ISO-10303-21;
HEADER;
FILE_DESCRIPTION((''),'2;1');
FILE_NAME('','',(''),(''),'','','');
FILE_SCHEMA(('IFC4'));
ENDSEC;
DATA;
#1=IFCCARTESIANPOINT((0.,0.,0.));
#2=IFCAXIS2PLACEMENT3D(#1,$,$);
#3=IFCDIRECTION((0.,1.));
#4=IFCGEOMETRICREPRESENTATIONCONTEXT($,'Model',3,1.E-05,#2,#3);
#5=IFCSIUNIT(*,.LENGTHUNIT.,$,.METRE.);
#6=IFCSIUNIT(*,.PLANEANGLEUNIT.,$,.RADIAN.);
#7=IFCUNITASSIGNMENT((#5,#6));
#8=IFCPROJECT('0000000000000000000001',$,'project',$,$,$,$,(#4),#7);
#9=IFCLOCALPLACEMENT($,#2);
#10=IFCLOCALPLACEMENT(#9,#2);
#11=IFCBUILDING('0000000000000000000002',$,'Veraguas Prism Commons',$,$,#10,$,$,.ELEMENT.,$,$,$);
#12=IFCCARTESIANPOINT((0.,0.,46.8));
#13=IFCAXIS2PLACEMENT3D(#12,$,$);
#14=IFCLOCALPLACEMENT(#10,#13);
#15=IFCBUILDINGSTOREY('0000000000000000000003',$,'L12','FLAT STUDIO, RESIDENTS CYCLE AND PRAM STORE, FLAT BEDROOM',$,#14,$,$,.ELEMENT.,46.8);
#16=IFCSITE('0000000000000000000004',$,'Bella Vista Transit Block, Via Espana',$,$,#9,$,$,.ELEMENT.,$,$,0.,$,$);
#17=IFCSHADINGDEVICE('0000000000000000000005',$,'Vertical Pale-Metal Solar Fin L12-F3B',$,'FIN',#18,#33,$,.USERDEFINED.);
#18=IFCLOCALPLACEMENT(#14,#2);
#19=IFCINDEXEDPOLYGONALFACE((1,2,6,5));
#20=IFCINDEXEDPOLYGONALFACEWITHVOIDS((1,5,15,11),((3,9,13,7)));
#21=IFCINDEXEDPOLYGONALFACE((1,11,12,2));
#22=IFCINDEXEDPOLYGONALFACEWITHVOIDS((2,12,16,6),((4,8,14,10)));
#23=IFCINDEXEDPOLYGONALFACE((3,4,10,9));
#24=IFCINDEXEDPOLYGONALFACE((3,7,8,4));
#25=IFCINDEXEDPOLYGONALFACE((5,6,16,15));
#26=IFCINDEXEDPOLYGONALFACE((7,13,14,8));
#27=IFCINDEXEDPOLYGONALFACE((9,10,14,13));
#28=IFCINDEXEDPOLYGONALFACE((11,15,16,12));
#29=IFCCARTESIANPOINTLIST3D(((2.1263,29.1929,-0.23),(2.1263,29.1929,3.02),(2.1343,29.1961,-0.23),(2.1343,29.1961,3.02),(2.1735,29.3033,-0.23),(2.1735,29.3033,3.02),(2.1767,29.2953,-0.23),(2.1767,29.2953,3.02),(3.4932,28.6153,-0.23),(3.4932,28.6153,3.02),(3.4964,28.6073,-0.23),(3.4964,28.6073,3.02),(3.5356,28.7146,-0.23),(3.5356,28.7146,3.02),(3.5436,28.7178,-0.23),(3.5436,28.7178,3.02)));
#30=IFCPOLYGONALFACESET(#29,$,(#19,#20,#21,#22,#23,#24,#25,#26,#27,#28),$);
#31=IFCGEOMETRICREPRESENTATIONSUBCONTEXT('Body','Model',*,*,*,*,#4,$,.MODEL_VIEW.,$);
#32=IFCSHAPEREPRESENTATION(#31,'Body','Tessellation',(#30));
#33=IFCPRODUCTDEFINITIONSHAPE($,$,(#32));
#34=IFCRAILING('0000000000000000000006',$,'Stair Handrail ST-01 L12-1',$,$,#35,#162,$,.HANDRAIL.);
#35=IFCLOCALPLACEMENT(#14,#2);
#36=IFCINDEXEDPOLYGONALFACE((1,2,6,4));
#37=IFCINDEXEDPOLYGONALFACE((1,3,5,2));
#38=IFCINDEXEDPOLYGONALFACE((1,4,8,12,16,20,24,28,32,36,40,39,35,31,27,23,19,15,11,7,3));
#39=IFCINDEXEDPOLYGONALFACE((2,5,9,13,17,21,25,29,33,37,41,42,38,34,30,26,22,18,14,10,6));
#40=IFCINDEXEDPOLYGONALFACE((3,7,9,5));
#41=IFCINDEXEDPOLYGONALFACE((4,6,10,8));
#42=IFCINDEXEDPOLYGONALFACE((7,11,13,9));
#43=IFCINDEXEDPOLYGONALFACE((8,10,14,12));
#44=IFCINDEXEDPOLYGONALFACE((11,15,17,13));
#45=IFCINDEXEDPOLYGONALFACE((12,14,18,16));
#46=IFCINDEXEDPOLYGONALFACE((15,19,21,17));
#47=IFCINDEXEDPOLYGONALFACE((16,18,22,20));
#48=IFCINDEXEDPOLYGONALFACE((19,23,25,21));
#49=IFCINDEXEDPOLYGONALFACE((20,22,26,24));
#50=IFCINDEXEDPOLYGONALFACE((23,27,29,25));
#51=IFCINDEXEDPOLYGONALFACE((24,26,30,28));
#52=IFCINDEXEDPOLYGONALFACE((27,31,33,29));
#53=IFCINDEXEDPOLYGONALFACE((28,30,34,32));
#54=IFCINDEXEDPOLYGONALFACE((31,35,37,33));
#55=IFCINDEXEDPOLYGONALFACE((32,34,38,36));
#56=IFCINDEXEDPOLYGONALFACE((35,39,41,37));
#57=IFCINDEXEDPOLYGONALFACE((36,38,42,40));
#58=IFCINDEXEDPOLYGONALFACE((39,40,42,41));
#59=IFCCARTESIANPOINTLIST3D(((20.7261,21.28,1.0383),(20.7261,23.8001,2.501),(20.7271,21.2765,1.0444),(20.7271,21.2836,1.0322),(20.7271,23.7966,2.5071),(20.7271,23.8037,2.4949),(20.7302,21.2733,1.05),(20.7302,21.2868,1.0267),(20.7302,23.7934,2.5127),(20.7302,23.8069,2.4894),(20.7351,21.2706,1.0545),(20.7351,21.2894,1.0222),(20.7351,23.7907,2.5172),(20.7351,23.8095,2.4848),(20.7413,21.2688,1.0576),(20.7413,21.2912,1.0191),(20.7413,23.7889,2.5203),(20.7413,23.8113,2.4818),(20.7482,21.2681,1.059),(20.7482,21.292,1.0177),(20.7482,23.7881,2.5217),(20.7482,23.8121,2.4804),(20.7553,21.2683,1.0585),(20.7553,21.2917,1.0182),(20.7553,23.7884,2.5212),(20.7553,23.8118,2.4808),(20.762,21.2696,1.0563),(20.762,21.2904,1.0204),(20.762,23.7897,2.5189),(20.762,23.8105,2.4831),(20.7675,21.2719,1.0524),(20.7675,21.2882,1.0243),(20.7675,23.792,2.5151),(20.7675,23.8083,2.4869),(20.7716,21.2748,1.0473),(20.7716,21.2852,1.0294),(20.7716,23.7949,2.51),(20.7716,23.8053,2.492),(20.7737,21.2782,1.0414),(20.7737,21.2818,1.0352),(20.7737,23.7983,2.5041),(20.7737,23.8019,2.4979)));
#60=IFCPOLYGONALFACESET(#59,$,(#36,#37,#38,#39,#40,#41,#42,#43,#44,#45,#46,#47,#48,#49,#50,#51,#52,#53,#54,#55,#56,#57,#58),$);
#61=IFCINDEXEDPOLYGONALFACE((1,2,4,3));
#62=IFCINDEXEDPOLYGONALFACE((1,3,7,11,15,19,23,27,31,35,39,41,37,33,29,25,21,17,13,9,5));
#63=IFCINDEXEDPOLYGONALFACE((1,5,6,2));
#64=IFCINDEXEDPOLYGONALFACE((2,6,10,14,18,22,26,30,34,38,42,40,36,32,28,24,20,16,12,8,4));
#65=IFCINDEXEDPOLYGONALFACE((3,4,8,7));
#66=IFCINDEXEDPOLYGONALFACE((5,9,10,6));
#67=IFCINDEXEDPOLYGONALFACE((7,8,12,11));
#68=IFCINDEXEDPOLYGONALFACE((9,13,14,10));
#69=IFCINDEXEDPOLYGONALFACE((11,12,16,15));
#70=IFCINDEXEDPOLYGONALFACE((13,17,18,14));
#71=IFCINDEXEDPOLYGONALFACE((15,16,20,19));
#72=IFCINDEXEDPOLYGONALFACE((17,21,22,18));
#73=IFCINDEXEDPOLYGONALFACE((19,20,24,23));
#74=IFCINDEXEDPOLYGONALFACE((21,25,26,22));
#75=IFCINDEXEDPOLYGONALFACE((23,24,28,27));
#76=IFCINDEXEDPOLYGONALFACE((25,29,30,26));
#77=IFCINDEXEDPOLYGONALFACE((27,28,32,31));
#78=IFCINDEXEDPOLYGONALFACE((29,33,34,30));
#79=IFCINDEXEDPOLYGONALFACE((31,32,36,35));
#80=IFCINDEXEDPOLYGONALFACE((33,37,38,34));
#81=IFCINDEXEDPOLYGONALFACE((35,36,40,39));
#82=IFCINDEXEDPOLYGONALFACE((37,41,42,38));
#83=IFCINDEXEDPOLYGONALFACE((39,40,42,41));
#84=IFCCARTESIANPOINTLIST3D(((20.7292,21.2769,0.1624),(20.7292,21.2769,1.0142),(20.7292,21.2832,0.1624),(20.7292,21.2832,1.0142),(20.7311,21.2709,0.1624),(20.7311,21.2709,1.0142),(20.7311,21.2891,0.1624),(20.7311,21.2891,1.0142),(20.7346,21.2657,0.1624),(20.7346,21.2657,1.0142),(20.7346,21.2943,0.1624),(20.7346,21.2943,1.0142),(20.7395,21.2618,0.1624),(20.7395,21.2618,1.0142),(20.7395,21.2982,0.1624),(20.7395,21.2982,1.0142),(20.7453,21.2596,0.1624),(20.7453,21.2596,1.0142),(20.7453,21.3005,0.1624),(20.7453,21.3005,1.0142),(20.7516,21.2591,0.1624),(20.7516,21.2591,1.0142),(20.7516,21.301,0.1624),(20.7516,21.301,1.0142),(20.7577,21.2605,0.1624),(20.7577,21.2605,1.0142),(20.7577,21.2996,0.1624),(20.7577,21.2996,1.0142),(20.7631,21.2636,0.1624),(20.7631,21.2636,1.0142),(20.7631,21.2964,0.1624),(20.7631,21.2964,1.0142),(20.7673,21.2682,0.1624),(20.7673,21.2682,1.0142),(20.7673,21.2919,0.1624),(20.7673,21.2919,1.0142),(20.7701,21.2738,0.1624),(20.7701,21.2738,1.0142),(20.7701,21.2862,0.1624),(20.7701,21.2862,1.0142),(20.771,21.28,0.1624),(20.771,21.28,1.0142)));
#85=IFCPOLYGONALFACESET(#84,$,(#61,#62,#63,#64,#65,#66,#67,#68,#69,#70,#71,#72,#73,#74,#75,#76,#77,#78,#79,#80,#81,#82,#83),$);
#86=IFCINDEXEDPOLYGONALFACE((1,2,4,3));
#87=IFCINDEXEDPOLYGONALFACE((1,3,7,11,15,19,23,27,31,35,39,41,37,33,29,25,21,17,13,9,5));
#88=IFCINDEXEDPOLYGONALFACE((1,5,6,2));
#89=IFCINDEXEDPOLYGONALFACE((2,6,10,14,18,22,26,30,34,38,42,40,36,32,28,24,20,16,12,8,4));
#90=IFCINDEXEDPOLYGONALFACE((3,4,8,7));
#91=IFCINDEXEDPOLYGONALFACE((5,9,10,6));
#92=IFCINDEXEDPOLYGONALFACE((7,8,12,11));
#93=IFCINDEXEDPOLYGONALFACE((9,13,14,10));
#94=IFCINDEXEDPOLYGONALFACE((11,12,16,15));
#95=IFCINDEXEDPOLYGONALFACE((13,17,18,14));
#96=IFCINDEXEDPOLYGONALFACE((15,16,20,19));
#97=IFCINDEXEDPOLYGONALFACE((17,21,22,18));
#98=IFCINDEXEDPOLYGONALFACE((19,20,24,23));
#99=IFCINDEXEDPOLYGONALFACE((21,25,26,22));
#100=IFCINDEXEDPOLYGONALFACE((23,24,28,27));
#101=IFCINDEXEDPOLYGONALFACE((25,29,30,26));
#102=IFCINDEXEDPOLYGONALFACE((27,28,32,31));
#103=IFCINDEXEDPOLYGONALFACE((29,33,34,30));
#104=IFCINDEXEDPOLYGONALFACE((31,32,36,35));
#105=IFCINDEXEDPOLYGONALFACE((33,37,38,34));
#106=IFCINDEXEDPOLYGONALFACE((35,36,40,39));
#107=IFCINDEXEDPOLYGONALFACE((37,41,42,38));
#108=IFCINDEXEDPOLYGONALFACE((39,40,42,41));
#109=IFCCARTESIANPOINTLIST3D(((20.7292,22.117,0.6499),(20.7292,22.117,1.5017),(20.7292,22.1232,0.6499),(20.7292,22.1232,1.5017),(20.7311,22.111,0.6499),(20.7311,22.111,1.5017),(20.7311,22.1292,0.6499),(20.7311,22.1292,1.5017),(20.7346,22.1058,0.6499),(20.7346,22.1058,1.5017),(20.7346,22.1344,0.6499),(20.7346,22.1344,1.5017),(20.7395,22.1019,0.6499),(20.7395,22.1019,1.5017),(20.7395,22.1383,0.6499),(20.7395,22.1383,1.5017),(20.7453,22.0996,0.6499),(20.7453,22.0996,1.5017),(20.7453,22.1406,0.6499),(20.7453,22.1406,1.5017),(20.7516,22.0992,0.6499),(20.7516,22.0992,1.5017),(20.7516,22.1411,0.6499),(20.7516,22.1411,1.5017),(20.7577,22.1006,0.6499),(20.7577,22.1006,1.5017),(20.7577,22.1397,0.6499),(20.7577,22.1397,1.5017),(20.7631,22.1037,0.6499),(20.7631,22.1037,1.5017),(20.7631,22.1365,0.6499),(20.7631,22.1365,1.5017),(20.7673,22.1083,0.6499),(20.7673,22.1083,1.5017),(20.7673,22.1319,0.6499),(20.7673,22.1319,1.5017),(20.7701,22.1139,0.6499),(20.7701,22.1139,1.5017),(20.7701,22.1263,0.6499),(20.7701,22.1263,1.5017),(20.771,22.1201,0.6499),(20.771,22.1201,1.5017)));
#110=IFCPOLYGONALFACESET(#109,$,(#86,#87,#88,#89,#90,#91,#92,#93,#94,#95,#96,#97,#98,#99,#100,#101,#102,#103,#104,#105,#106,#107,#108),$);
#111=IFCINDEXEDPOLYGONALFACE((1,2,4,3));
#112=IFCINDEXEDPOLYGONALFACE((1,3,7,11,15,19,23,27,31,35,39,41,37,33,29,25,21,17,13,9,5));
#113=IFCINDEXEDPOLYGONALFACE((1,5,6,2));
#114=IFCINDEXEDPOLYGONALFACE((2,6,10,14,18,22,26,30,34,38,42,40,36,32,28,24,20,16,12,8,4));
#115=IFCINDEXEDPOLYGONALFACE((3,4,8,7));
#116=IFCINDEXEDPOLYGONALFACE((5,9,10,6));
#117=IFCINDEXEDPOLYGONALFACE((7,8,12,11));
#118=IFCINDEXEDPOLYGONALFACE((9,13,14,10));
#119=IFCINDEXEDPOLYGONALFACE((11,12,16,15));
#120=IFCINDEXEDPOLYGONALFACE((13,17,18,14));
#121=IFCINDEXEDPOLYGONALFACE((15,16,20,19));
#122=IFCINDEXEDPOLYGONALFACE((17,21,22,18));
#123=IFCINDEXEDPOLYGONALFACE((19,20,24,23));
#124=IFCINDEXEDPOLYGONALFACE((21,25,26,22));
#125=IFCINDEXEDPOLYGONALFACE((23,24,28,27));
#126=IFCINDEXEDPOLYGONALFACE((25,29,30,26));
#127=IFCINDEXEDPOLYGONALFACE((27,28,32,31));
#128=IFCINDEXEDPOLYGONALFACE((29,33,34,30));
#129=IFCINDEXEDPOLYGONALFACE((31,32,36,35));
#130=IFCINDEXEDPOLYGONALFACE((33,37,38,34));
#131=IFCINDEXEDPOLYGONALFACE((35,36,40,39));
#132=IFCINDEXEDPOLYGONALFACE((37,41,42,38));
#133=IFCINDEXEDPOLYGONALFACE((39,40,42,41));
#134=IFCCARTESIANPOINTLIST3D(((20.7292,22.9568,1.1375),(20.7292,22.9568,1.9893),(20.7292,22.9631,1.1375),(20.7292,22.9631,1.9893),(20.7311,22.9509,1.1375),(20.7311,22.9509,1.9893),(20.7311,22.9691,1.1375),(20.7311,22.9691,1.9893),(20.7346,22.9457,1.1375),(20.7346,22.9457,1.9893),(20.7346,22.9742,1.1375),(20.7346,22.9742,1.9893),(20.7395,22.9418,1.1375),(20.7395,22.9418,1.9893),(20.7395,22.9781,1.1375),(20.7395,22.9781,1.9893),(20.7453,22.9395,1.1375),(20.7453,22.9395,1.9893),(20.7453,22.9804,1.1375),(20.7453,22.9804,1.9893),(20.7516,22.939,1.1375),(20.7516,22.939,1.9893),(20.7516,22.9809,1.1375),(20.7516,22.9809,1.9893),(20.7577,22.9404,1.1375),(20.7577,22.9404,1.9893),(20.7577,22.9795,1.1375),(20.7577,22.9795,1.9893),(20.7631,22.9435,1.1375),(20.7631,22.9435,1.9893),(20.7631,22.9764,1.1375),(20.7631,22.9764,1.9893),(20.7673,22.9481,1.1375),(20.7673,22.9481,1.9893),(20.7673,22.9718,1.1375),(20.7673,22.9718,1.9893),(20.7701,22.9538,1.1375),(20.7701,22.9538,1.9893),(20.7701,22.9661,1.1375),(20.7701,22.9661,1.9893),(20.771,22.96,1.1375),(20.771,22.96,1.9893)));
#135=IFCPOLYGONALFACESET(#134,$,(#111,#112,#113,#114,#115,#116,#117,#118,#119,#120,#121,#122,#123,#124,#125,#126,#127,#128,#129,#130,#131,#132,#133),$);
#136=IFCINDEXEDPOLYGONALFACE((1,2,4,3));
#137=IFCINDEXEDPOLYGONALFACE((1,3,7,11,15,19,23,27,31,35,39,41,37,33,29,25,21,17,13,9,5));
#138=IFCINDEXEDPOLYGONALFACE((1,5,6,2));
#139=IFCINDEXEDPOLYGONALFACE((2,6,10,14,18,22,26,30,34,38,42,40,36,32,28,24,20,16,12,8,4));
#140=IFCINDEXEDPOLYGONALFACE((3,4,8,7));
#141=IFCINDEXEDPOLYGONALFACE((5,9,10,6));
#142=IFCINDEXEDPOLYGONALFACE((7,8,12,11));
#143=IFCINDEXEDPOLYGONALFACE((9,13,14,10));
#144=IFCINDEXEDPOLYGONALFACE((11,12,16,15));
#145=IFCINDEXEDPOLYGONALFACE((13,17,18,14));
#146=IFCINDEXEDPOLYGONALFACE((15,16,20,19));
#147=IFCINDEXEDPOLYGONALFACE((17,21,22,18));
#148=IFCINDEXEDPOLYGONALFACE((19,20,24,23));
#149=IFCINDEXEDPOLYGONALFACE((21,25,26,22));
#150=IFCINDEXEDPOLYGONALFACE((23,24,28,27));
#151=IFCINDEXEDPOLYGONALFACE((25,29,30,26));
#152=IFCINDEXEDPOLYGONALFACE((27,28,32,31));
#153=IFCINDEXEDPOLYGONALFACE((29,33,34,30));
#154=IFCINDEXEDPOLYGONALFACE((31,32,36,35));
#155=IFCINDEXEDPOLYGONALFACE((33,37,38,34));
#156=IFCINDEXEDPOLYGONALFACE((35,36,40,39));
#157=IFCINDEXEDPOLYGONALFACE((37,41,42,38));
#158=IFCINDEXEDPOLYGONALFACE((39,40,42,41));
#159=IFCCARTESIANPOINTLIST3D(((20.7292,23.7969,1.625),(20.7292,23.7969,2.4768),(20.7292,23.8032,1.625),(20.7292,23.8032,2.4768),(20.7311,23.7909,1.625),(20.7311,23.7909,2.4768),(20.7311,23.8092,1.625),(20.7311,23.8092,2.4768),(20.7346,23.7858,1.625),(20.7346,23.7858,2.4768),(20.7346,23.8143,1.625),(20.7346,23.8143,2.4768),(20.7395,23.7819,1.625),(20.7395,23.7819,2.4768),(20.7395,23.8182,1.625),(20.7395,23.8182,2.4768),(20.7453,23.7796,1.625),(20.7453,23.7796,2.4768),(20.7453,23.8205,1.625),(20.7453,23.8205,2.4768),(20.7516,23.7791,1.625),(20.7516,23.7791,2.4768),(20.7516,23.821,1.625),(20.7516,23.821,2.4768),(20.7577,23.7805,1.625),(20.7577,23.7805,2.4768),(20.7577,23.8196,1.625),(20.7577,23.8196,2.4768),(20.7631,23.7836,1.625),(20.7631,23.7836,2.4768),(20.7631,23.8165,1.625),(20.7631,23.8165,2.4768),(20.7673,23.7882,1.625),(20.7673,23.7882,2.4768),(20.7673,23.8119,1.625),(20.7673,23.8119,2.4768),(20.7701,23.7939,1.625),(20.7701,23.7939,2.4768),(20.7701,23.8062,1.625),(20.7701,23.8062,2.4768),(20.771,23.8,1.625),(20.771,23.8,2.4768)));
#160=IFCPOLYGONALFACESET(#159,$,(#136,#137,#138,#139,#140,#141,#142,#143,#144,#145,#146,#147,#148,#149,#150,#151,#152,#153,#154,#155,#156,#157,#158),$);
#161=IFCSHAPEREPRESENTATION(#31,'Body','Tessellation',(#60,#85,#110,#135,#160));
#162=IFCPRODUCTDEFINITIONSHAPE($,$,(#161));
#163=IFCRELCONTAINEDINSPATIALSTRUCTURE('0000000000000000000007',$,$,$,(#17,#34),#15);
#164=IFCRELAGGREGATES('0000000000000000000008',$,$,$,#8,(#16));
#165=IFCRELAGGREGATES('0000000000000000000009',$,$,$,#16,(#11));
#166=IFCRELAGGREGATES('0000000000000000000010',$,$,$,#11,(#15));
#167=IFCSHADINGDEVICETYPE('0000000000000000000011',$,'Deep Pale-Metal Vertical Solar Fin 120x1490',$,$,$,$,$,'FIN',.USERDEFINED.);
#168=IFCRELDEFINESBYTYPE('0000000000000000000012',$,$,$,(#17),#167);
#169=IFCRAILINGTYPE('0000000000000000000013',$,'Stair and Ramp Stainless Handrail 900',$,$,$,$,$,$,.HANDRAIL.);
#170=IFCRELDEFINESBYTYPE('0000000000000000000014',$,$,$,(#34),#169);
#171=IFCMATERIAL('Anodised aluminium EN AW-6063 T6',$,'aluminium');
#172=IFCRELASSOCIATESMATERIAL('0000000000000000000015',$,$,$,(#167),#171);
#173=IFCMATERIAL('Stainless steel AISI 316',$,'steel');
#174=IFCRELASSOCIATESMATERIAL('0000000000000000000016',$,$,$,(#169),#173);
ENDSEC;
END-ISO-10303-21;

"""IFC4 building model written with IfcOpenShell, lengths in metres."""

from ifc_helpers import new_model, si_unit, direction, frame, origin, origin_2d, place, context, subcontext, project, spatial, hollow_rectangle, circle, extrude, material, material_profile, profile_set, type_object, element, save


model = new_model("IFC4")

# Units and contexts
model_context = context("Model", 3, precision=1e-05, world=origin(), true_north=direction((0.0, 1.0)))
body_context = subcontext(model_context, "Body", "Model", "MODEL_VIEW")
ifc_project = project(units=[si_unit("LENGTHUNIT", "METRE"), si_unit("PLANEANGLEUNIT", "RADIAN")], contexts=[model_context])

# Site, building, storey
site_placement = place(None, origin())
site = spatial("IfcSite", under=ifc_project, at=site_placement, Name="Bella Vista Transit Block, Via Espana", CompositionType="ELEMENT", RefElevation=0.0)
building_placement = place(site_placement, origin())
building = spatial("IfcBuilding", under=site, at=building_placement, Name="Veraguas Prism Commons", CompositionType="ELEMENT")
storey_placement = place(building_placement, frame((0.0, 0.0, 46.8)))
storey = spatial("IfcBuildingStorey", under=building, at=storey_placement, Name="L12", Description="FLAT STUDIO, RESIDENTS CYCLE AND PRAM STORE, FLAT BEDROOM", CompositionType="ELEMENT", Elevation=46.8)

# Shared definitions
ifc_material_1 = material(Name="Anodised aluminium EN AW-6063 T6", Category="aluminium")

# Shading device
ifc_material_profile_1 = material_profile(ifc_material_1, hollow_rectangle(XDim=0.1201, YDim=1.49, WallThickness=0.0061, at=origin_2d()), Name="FIN120X1490X6")
ifc_profile_set_1 = profile_set([ifc_material_profile_1], Name="Anodised aluminium EN AW-6063 T6")
shading_device_type = type_object("IfcShadingDeviceType", Name="Deep Pale-Metal Vertical Solar Fin 120x1490", ElementType="FIN", PredefinedType="USERDEFINED", material=ifc_profile_set_1)
shading_device_placement = place(storey_placement, frame((2.835, 28.9553, -0.23), z_axis=(0.0, 0.0, 1.0), x_axis=(-0.392979, -0.919547, 0.0)))
element("IfcShadingDevice", 1, at=shading_device_placement, inside=storey, type_object=shading_device_type, Name="Vertical Pale-Metal Solar Fin L12-F3B", ObjectType="FIN", PredefinedType="USERDEFINED", context=body_context, shape_type="SweptSolid", body=[
    extrude(hollow_rectangle(XDim=0.1201, YDim=1.49, WallThickness=0.0061, at=origin_2d()), origin(), (0.0, 0.0, 1.0), 3.25),
])

# Railing
ifc_material_2 = material(Name="Stainless steel AISI 316", Category="steel")
railing_type_1 = type_object("IfcRailingType", Name="Stair and Ramp Stainless Handrail 900", PredefinedType="HANDRAIL", material=ifc_material_2)
railing_1_placement = place(storey_placement, frame((20.75, 21.28, 0.1624)))
element("IfcRailing", 2, at=railing_1_placement, inside=storey, type_object=railing_type_1, Name="Stair Handrail ST-01 L12-1", PredefinedType="HANDRAIL", context=body_context, shape_type="SweptSolid", body=[
    extrude(circle(Radius=0.0239, at=origin_2d()), frame((0.0, 0.0, 0.876), z_axis=(0.0, 0.864877, 0.501984), x_axis=(-1.0, 0.0, 0.0)), (0.0, 0.0, 1.0), 2.9138),
    extrude(circle(Radius=0.021, at=origin_2d()), origin(), (0.0, 0.0, 1.0), 0.8518),
    extrude(circle(Radius=0.021, at=origin_2d()), frame((0.0, 0.8401, 0.4875)), (0.0, 0.0, 1.0), 0.8518),
    extrude(circle(Radius=0.021, at=origin_2d()), frame((0.0, 1.6799, 0.9751)), (0.0, 0.0, 1.0), 0.8518),
    extrude(circle(Radius=0.021, at=origin_2d()), frame((0.0, 2.52, 1.4626)), (0.0, 0.0, 1.0), 0.8518),
])

save(model, "model.ifc")
